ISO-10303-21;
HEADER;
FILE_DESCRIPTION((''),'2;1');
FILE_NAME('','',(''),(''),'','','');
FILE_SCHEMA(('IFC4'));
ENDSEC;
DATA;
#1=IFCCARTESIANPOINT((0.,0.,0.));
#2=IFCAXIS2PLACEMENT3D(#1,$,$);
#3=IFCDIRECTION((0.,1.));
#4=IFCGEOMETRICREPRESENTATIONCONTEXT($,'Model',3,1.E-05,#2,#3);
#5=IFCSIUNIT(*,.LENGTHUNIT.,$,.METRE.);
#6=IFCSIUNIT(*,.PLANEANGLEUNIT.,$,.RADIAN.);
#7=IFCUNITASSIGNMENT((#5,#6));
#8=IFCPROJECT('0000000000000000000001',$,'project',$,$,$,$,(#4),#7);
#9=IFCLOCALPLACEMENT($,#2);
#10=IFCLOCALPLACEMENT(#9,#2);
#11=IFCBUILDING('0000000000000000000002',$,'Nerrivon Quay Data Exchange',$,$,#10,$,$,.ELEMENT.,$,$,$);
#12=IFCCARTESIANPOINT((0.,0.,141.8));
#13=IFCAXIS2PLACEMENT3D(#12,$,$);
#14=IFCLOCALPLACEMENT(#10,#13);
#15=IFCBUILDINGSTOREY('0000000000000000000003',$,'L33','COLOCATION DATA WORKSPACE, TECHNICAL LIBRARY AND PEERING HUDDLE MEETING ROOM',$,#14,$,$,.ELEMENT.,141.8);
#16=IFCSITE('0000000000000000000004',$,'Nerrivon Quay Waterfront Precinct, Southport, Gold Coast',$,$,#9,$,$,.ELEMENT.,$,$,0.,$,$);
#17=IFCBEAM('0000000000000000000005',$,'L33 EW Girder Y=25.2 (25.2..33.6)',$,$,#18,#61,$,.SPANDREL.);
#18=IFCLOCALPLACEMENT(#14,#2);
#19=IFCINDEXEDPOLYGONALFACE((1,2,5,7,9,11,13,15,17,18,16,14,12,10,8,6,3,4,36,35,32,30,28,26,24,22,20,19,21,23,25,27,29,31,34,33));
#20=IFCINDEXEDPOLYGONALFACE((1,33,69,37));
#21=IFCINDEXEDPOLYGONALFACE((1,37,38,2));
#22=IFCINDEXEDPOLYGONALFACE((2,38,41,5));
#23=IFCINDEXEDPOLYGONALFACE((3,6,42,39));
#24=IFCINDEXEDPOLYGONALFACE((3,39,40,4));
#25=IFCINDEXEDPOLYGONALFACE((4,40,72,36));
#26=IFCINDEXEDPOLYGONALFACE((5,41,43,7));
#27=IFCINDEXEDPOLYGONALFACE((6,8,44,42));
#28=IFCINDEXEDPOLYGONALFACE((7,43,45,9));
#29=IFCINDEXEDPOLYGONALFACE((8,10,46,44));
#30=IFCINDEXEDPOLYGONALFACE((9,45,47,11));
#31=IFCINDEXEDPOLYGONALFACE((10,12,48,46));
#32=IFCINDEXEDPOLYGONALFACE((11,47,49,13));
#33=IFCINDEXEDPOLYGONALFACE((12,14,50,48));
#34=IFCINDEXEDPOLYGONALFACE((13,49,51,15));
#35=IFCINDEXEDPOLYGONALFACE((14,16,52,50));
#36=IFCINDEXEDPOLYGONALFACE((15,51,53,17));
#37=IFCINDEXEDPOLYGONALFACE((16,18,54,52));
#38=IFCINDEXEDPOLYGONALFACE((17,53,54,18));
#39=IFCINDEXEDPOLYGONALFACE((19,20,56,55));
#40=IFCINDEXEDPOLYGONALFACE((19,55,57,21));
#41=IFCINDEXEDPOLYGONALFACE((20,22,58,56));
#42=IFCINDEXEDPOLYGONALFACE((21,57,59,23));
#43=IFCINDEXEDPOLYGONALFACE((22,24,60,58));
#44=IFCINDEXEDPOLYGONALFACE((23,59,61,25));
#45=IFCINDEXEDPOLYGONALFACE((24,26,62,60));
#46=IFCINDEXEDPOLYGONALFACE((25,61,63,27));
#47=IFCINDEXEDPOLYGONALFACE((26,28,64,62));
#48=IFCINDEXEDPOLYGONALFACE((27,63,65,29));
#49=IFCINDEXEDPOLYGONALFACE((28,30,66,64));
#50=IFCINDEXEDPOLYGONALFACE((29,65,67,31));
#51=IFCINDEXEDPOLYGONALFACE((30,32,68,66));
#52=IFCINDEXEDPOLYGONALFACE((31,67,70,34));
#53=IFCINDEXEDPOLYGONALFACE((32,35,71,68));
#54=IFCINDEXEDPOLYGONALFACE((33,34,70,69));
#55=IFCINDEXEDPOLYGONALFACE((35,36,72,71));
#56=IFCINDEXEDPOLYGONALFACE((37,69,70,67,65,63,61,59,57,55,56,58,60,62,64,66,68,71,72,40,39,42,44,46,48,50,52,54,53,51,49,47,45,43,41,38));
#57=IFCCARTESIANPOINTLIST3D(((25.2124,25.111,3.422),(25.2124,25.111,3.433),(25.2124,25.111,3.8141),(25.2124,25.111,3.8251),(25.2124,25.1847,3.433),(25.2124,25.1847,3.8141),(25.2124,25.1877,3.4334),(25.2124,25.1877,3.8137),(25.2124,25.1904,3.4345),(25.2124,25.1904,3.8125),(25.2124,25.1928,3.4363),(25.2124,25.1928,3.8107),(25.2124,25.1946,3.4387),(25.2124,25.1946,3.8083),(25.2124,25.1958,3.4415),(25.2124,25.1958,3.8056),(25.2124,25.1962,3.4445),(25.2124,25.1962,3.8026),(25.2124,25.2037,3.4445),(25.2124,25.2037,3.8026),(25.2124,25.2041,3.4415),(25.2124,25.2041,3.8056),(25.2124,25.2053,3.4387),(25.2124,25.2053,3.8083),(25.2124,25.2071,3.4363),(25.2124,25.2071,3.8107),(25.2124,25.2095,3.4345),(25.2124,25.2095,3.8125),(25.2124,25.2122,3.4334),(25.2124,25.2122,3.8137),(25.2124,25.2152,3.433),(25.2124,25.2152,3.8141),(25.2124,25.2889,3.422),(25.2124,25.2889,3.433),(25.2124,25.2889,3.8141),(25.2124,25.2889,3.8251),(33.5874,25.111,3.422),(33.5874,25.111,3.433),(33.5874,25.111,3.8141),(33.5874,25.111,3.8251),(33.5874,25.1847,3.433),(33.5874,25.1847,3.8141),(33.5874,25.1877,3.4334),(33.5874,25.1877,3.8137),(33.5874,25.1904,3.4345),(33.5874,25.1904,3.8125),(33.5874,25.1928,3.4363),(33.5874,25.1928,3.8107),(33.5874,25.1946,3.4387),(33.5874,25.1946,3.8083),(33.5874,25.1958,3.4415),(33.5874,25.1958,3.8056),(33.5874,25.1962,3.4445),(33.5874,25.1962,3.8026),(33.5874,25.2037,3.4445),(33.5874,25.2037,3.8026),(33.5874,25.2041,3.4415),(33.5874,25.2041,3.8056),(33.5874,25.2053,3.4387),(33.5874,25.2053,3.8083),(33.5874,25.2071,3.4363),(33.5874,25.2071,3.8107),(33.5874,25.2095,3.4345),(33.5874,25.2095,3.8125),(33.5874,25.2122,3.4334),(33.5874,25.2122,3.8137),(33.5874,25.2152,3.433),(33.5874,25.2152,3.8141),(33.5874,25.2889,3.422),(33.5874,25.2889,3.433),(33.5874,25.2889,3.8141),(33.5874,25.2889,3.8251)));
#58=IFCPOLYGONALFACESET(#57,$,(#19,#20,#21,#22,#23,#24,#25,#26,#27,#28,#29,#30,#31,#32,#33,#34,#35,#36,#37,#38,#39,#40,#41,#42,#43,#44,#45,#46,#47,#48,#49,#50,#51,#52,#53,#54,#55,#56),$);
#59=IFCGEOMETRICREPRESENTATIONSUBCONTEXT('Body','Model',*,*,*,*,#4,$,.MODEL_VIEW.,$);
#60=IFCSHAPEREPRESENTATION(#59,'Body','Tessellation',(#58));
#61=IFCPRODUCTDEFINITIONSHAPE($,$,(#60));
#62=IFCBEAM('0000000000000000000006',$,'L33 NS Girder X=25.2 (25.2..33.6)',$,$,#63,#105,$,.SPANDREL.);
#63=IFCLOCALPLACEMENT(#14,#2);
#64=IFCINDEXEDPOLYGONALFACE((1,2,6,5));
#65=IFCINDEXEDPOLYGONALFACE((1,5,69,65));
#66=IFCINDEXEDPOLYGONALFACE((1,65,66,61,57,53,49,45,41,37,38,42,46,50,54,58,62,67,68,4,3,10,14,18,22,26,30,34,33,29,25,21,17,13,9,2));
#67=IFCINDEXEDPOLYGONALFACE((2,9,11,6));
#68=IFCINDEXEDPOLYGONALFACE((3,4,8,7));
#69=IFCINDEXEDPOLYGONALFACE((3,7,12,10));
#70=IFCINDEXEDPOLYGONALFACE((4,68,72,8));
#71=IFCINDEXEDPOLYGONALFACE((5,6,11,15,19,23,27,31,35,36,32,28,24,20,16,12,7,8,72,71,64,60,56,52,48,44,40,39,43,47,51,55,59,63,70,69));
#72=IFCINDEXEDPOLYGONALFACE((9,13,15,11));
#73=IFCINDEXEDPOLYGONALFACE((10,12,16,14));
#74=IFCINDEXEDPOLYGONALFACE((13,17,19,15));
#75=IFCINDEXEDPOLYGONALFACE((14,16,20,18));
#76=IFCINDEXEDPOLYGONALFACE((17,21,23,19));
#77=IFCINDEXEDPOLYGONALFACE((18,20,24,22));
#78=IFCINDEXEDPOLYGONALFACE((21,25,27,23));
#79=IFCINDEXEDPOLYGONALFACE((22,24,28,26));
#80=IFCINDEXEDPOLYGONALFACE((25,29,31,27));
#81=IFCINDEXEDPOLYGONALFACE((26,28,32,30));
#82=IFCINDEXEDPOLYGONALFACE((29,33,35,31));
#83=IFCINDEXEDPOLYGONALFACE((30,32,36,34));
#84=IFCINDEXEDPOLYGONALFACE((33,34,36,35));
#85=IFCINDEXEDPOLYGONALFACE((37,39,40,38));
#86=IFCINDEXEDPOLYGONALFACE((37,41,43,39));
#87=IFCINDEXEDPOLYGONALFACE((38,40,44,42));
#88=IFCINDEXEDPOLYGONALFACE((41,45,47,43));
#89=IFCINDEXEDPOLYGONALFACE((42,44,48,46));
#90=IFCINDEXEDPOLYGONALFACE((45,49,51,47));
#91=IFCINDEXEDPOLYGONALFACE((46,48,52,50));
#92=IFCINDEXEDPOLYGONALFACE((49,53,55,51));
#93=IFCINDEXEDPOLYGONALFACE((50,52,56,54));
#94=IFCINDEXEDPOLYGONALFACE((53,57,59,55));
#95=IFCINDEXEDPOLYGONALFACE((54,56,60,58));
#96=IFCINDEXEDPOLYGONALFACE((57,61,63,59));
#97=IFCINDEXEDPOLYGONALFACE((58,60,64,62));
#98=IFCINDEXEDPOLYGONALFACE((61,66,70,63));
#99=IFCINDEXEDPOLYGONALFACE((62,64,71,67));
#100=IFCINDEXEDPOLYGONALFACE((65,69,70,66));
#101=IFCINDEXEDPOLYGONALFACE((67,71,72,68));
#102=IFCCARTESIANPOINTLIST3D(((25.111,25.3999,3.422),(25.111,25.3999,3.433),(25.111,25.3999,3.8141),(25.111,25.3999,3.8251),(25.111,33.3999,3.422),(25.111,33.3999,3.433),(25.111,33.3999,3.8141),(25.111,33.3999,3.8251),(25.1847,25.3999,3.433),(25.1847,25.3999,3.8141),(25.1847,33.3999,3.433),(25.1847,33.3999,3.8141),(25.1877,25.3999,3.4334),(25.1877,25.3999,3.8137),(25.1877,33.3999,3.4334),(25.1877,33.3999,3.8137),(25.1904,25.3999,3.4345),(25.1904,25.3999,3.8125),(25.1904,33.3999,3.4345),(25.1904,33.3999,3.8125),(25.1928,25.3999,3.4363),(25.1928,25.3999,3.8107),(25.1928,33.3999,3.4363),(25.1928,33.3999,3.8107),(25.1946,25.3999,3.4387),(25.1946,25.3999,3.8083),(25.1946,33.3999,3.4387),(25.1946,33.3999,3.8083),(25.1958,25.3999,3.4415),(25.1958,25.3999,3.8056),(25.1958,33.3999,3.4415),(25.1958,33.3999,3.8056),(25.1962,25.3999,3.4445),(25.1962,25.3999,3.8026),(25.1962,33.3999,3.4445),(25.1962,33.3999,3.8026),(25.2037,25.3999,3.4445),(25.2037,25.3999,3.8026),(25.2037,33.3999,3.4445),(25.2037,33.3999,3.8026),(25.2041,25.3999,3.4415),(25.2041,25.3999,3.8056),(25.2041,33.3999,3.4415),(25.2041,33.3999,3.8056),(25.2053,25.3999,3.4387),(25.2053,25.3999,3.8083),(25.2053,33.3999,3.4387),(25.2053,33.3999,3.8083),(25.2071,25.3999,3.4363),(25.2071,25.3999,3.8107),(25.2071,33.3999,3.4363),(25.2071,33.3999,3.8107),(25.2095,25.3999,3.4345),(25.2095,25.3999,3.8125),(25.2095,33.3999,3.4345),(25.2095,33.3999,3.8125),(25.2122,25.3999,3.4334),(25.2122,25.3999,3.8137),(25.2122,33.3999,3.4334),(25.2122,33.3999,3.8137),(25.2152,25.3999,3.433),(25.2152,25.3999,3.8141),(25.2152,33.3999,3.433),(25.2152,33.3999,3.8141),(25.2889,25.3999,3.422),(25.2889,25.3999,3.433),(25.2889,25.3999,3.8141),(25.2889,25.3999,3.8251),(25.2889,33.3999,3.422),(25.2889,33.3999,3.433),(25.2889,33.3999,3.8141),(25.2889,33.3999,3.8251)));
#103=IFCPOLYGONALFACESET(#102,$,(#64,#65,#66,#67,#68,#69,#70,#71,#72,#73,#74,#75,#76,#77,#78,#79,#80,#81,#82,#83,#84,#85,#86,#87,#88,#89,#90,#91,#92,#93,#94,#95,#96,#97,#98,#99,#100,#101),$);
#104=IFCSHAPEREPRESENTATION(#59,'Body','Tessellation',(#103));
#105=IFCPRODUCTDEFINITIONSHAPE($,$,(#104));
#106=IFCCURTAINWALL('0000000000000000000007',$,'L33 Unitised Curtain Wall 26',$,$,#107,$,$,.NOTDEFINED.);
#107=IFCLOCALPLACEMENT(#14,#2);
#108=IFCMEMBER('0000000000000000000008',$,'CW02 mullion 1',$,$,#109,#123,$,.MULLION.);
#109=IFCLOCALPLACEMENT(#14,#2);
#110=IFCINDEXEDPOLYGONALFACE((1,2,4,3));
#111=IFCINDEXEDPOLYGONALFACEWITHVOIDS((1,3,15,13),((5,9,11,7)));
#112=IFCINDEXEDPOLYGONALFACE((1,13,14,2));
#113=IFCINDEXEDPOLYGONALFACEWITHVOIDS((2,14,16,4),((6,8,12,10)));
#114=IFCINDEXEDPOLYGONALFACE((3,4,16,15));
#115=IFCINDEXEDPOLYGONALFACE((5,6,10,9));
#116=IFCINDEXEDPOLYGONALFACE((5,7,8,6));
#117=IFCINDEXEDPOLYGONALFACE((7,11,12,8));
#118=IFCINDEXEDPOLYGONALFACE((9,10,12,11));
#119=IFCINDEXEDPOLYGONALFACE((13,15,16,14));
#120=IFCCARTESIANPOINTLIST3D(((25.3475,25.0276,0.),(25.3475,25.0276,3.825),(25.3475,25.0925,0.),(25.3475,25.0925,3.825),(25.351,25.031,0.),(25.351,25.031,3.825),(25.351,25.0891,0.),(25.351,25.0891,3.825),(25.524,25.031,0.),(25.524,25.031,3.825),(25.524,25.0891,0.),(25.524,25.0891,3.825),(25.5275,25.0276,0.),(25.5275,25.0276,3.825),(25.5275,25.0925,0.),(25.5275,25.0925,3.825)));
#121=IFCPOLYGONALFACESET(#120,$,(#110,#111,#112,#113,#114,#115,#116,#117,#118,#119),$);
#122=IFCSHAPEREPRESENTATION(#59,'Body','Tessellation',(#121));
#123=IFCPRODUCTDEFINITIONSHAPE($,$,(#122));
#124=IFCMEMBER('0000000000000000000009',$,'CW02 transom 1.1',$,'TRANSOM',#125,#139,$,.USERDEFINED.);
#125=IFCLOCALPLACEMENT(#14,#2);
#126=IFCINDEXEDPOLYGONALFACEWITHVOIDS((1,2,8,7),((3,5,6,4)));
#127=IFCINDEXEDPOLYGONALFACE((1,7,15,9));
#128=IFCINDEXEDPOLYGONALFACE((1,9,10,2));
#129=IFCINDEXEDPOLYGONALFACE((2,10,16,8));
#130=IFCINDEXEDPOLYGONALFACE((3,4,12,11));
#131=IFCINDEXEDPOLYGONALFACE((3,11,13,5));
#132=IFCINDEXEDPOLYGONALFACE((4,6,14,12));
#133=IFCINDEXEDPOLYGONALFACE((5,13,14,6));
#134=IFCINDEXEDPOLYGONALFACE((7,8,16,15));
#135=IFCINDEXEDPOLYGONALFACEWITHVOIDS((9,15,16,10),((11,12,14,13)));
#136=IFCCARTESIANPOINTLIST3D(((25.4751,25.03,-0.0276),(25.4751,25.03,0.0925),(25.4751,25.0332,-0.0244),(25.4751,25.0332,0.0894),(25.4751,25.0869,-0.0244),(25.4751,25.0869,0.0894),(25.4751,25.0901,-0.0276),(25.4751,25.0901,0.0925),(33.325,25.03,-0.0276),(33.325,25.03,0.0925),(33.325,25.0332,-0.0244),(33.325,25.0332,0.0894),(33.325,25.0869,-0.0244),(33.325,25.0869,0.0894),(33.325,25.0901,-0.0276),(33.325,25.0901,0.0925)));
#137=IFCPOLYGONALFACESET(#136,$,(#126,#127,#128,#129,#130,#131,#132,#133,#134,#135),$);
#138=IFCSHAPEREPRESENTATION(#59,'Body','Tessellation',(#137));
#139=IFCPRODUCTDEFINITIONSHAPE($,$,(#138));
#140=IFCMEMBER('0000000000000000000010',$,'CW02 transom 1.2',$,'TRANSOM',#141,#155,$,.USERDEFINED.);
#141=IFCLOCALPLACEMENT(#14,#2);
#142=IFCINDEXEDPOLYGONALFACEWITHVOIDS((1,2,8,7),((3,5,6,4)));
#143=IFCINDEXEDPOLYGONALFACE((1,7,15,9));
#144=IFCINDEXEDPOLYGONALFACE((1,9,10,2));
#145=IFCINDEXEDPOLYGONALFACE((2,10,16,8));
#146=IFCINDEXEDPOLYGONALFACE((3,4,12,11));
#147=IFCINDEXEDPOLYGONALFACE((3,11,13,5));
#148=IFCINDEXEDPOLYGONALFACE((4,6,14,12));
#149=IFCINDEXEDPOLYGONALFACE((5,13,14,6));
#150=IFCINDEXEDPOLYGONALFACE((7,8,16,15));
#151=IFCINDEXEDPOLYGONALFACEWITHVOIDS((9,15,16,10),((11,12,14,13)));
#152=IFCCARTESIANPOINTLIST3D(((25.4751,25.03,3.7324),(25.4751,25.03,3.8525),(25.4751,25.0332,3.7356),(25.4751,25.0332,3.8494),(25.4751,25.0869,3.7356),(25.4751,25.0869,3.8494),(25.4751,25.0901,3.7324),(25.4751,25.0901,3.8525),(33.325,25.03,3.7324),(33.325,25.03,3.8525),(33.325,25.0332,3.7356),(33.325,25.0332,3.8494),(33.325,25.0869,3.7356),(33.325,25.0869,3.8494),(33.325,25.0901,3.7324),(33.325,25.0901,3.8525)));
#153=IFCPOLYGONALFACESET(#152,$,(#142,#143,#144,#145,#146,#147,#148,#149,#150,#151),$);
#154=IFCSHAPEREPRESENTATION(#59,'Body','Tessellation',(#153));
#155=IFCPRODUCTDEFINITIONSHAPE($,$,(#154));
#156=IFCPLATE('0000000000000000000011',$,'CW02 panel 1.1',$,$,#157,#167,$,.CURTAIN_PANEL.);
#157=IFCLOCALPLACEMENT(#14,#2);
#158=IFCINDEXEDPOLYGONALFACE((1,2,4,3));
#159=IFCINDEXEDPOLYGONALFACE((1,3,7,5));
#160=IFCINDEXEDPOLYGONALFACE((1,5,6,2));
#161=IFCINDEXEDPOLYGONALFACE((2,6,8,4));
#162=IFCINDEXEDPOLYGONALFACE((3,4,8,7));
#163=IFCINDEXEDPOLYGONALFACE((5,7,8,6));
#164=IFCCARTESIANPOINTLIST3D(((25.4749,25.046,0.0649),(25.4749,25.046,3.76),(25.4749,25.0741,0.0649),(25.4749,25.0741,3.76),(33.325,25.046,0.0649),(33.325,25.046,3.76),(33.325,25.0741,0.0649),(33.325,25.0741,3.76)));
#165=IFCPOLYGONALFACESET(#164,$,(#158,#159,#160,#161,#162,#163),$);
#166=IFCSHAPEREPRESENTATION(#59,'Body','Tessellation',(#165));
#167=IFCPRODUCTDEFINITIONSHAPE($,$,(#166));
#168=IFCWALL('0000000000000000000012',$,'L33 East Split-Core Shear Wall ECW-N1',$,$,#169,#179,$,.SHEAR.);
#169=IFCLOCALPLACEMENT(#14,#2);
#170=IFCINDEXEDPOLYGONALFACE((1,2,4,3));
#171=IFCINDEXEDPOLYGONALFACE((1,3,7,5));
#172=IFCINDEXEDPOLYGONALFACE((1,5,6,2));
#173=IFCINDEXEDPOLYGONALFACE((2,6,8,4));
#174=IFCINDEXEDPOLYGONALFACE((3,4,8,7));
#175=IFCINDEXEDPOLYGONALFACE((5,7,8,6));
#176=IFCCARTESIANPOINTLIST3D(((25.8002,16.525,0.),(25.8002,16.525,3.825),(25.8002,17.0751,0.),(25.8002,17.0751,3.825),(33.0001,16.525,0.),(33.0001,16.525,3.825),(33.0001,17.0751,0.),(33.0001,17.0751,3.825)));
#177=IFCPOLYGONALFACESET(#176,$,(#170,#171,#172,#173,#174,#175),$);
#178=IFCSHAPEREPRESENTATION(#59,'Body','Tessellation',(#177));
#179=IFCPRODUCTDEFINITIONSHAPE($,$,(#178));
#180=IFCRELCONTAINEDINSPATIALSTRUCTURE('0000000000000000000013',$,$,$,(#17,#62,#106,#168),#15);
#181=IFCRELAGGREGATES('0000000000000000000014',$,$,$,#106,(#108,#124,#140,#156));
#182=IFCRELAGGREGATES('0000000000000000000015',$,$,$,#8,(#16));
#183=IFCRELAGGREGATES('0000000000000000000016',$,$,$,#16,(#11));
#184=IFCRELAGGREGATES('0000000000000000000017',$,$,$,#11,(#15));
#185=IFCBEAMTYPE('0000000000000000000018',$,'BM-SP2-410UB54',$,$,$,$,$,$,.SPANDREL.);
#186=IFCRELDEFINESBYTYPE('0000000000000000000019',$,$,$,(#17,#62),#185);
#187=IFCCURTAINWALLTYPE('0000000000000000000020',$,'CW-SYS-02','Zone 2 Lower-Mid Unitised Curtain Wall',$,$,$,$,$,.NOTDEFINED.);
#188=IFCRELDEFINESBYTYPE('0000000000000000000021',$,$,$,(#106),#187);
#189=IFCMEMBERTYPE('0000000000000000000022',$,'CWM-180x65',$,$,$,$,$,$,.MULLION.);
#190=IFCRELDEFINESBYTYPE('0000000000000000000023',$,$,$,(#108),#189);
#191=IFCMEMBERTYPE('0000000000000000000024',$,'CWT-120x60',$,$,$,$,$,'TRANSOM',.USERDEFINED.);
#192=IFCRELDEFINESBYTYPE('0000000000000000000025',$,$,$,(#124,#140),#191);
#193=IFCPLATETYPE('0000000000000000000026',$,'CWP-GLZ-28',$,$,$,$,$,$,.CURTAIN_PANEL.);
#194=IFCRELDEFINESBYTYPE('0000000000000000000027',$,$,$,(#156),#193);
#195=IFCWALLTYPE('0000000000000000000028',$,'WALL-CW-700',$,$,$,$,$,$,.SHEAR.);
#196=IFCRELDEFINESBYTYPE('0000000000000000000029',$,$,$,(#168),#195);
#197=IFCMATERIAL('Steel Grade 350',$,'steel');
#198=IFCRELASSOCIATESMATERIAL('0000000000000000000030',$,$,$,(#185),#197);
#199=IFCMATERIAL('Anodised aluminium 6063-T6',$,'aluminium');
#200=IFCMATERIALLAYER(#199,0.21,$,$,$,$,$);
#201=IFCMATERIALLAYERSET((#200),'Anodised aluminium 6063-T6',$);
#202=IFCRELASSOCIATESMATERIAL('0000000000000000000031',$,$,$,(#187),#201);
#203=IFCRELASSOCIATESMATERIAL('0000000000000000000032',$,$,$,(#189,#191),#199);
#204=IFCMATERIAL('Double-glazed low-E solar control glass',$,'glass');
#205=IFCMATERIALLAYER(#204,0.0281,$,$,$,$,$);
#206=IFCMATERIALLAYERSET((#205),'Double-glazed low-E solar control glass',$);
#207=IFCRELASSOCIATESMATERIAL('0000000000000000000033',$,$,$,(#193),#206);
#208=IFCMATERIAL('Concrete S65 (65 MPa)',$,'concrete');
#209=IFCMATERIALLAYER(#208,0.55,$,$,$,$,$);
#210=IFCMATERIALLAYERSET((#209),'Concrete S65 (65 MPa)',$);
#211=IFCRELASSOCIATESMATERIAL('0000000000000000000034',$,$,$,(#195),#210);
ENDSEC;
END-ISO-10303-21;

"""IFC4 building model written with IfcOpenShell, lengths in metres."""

from ifc_helpers import new_model, si_unit, direction, frame, frame_2d, origin, origin_2d, place, context, subcontext, project, spatial, rectangle, hollow_rectangle, i_section, extrude, material, layer, layer_set, material_profile, profile_set, type_object, element, aggregate, save


model = new_model("IFC4")

# Units and contexts
model_context = context("Model", 3, precision=1e-05, world=origin(), true_north=direction((0.0, 1.0)))
body_context = subcontext(model_context, "Body", "Model", "MODEL_VIEW")
ifc_project = project(units=[si_unit("LENGTHUNIT", "METRE"), si_unit("PLANEANGLEUNIT", "RADIAN")], contexts=[model_context])

# Site, building, storey
site_placement = place(None, origin())
site = spatial("IfcSite", under=ifc_project, at=site_placement, Name="Nerrivon Quay Waterfront Precinct, Southport, Gold Coast", CompositionType="ELEMENT", RefElevation=0.0)
building_placement = place(site_placement, origin())
building = spatial("IfcBuilding", under=site, at=building_placement, Name="Nerrivon Quay Data Exchange", CompositionType="ELEMENT")
storey_placement = place(building_placement, frame((0.0, 0.0, 141.8)))
storey = spatial("IfcBuildingStorey", under=building, at=storey_placement, Name="L33", Description="COLOCATION DATA WORKSPACE, TECHNICAL LIBRARY AND PEERING HUDDLE MEETING ROOM", CompositionType="ELEMENT", Elevation=141.8)

# Shared definitions
ifc_material_1 = material(Name="Concrete S65 (65 MPa)", Category="concrete")
ifc_material_2 = material(Name="Steel Grade 350", Category="steel")

# Beams
ifc_material_profile_1 = material_profile(ifc_material_2, i_section(OverallWidth=0.178, OverallDepth=0.4031, WebThickness=0.0076, FlangeThickness=0.011, FilletRadius=0.0115, at=origin_2d()), Name="410UB53.7")
ifc_profile_set_1 = profile_set([ifc_material_profile_1], Name="Steel Grade 350")
beam_type_1 = type_object("IfcBeamType", Name="BM-SP2-410UB54", PredefinedType="SPANDREL", material=ifc_profile_set_1)
beam_1_placement = place(storey_placement, frame((25.2124, 25.2, 3.6235), z_axis=(1.0, 0.0, 0.0), x_axis=(0.0, 1.0, 0.0)))
element("IfcBeam", 1, at=beam_1_placement, inside=storey, type_object=beam_type_1, Name="L33 EW Girder Y=25.2 (25.2..33.6)", PredefinedType="SPANDREL", context=body_context, shape_type="SweptSolid", body=[
    extrude(i_section(OverallWidth=0.178, OverallDepth=0.4031, WebThickness=0.0076, FlangeThickness=0.011, FilletRadius=0.0115, at=origin_2d()), origin(), (0.0, 0.0, 1.0), 8.375),
])
beam_2_placement = place(storey_placement, frame((25.2, 25.3999, 3.6235), z_axis=(0.0, 1.0, 0.0), x_axis=(-1.0, 0.0, 0.0)))
element("IfcBeam", 2, at=beam_2_placement, inside=storey, type_object=beam_type_1, Name="L33 NS Girder X=25.2 (25.2..33.6)", PredefinedType="SPANDREL", context=body_context, shape_type="SweptSolid", body=[
    extrude(i_section(OverallWidth=0.178, OverallDepth=0.4031, WebThickness=0.0076, FlangeThickness=0.011, FilletRadius=0.0115, at=origin_2d()), origin(), (0.0, 0.0, 1.0), 8.0),
])

# Curtain wall, members, plate
ifc_material_3 = material(Name="Anodised aluminium 6063-T6", Category="aluminium")
ifc_layer_1 = layer(ifc_material_3, 0.21)
ifc_layer_set_1 = layer_set([ifc_layer_1], Name="Anodised aluminium 6063-T6")
curtain_wall_type = type_object("IfcCurtainWallType", Name="CW-SYS-02", Description="Zone 2 Lower-Mid Unitised Curtain Wall", PredefinedType="NOTDEFINED", material=ifc_layer_set_1)
curtain_wall_placement = place(storey_placement, origin())
curtain_wall = element("IfcCurtainWall", 3, at=curtain_wall_placement, inside=storey, type_object=curtain_wall_type, Name="L33 Unitised Curtain Wall 26", PredefinedType="NOTDEFINED")
ifc_material_profile_2 = material_profile(ifc_material_3, hollow_rectangle(XDim=0.0649, YDim=0.1799, WallThickness=0.0034, at=origin_2d()), Name="ALU-MULL-180x65")
ifc_profile_set_2 = profile_set([ifc_material_profile_2], Name="Anodised aluminium 6063-T6")
member_type_1 = type_object("IfcMemberType", Name="CWM-180x65", PredefinedType="MULLION", material=ifc_profile_set_2)
member_1_placement = place(storey_placement, frame((25.4375, 25.0601, 0.0), z_axis=(0.0, 0.0, 1.0), x_axis=(0.0, 1.0, 0.0)))
member_1 = element("IfcMember", 4, at=member_1_placement, type_object=member_type_1, Name="CW02 mullion 1", PredefinedType="MULLION", context=body_context, shape_type="SweptSolid", body=[
    extrude(hollow_rectangle(XDim=0.0649, YDim=0.1799, WallThickness=0.0034, at=origin_2d()), origin(), (0.0, 0.0, 1.0), 3.825),
])
ifc_material_profile_3 = material_profile(ifc_material_3, hollow_rectangle(XDim=0.0601, YDim=0.1201, WallThickness=0.0032, at=origin_2d()), Name="ALU-TRAN-120x60")
ifc_profile_set_3 = profile_set([ifc_material_profile_3], Name="Anodised aluminium 6063-T6")
member_type_2 = type_object("IfcMemberType", Name="CWT-120x60", ElementType="TRANSOM", PredefinedType="USERDEFINED", material=ifc_profile_set_3)
member_2_placement = place(storey_placement, frame((25.4751, 25.0601, 0.0325), z_axis=(1.0, 0.0, 0.0), x_axis=(0.0, 1.0, 0.0)))
member_2 = element("IfcMember", 5, at=member_2_placement, type_object=member_type_2, Name="CW02 transom 1.1", ObjectType="TRANSOM", PredefinedType="USERDEFINED", context=body_context, shape_type="SweptSolid", body=[
    extrude(hollow_rectangle(XDim=0.0601, YDim=0.1201, WallThickness=0.0032, at=origin_2d()), origin(), (0.0, 0.0, 1.0), 7.8499),
])
member_3_placement = place(storey_placement, frame((25.4751, 25.0601, 3.7925), z_axis=(1.0, 0.0, 0.0), x_axis=(0.0, 1.0, 0.0)))
member_3 = element("IfcMember", 6, at=member_3_placement, type_object=member_type_2, Name="CW02 transom 1.2", ObjectType="TRANSOM", PredefinedType="USERDEFINED", context=body_context, shape_type="SweptSolid", body=[
    extrude(hollow_rectangle(XDim=0.0601, YDim=0.1201, WallThickness=0.0032, at=origin_2d()), origin(), (0.0, 0.0, 1.0), 7.8499),
])
ifc_material_4 = material(Name="Double-glazed low-E solar control glass", Category="glass")
ifc_layer_2 = layer(ifc_material_4, 0.0281)
ifc_layer_set_2 = layer_set([ifc_layer_2], Name="Double-glazed low-E solar control glass")
plate_type = type_object("IfcPlateType", Name="CWP-GLZ-28", PredefinedType="CURTAIN_PANEL", material=ifc_layer_set_2)
plate_placement = place(storey_placement, frame((29.3999, 25.0601, 0.0649), z_axis=(0.0, 0.0, 1.0), x_axis=(1.0, 0.0, 0.0)))
plate = element("IfcPlate", 7, at=plate_placement, type_object=plate_type, Name="CW02 panel 1.1", PredefinedType="CURTAIN_PANEL", context=body_context, shape_type="SweptSolid", body=[
    extrude(rectangle(XDim=7.8501, YDim=0.0281, at=origin_2d()), origin(), (0.0, 0.0, 1.0), 3.6951),
])
aggregate(curtain_wall, [member_1, member_2, member_3, plate])

# Wall
ifc_layer_3 = layer(ifc_material_1, 0.55)
ifc_layer_set_3 = layer_set([ifc_layer_3], Name="Concrete S65 (65 MPa)")
wall_type_1 = type_object("IfcWallType", Name="WALL-CW-700", PredefinedType="SHEAR", material=ifc_layer_set_3)
wall_1_placement = place(storey_placement, frame((25.8, 16.8, 0.0), z_axis=(0.0, 0.0, 1.0), x_axis=(1.0, 0.0, 0.0)))
element("IfcWall", 8, at=wall_1_placement, inside=storey, type_object=wall_type_1, Name="L33 East Split-Core Shear Wall ECW-N1", PredefinedType="SHEAR", context=body_context, shape_type="SweptSolid", body=[
    extrude(rectangle(XDim=7.2, YDim=0.55, at=frame_2d((3.6001, 0.0))), origin(), (0.0, 0.0, 1.0), 3.825),
])

save(model, "model.ifc")
